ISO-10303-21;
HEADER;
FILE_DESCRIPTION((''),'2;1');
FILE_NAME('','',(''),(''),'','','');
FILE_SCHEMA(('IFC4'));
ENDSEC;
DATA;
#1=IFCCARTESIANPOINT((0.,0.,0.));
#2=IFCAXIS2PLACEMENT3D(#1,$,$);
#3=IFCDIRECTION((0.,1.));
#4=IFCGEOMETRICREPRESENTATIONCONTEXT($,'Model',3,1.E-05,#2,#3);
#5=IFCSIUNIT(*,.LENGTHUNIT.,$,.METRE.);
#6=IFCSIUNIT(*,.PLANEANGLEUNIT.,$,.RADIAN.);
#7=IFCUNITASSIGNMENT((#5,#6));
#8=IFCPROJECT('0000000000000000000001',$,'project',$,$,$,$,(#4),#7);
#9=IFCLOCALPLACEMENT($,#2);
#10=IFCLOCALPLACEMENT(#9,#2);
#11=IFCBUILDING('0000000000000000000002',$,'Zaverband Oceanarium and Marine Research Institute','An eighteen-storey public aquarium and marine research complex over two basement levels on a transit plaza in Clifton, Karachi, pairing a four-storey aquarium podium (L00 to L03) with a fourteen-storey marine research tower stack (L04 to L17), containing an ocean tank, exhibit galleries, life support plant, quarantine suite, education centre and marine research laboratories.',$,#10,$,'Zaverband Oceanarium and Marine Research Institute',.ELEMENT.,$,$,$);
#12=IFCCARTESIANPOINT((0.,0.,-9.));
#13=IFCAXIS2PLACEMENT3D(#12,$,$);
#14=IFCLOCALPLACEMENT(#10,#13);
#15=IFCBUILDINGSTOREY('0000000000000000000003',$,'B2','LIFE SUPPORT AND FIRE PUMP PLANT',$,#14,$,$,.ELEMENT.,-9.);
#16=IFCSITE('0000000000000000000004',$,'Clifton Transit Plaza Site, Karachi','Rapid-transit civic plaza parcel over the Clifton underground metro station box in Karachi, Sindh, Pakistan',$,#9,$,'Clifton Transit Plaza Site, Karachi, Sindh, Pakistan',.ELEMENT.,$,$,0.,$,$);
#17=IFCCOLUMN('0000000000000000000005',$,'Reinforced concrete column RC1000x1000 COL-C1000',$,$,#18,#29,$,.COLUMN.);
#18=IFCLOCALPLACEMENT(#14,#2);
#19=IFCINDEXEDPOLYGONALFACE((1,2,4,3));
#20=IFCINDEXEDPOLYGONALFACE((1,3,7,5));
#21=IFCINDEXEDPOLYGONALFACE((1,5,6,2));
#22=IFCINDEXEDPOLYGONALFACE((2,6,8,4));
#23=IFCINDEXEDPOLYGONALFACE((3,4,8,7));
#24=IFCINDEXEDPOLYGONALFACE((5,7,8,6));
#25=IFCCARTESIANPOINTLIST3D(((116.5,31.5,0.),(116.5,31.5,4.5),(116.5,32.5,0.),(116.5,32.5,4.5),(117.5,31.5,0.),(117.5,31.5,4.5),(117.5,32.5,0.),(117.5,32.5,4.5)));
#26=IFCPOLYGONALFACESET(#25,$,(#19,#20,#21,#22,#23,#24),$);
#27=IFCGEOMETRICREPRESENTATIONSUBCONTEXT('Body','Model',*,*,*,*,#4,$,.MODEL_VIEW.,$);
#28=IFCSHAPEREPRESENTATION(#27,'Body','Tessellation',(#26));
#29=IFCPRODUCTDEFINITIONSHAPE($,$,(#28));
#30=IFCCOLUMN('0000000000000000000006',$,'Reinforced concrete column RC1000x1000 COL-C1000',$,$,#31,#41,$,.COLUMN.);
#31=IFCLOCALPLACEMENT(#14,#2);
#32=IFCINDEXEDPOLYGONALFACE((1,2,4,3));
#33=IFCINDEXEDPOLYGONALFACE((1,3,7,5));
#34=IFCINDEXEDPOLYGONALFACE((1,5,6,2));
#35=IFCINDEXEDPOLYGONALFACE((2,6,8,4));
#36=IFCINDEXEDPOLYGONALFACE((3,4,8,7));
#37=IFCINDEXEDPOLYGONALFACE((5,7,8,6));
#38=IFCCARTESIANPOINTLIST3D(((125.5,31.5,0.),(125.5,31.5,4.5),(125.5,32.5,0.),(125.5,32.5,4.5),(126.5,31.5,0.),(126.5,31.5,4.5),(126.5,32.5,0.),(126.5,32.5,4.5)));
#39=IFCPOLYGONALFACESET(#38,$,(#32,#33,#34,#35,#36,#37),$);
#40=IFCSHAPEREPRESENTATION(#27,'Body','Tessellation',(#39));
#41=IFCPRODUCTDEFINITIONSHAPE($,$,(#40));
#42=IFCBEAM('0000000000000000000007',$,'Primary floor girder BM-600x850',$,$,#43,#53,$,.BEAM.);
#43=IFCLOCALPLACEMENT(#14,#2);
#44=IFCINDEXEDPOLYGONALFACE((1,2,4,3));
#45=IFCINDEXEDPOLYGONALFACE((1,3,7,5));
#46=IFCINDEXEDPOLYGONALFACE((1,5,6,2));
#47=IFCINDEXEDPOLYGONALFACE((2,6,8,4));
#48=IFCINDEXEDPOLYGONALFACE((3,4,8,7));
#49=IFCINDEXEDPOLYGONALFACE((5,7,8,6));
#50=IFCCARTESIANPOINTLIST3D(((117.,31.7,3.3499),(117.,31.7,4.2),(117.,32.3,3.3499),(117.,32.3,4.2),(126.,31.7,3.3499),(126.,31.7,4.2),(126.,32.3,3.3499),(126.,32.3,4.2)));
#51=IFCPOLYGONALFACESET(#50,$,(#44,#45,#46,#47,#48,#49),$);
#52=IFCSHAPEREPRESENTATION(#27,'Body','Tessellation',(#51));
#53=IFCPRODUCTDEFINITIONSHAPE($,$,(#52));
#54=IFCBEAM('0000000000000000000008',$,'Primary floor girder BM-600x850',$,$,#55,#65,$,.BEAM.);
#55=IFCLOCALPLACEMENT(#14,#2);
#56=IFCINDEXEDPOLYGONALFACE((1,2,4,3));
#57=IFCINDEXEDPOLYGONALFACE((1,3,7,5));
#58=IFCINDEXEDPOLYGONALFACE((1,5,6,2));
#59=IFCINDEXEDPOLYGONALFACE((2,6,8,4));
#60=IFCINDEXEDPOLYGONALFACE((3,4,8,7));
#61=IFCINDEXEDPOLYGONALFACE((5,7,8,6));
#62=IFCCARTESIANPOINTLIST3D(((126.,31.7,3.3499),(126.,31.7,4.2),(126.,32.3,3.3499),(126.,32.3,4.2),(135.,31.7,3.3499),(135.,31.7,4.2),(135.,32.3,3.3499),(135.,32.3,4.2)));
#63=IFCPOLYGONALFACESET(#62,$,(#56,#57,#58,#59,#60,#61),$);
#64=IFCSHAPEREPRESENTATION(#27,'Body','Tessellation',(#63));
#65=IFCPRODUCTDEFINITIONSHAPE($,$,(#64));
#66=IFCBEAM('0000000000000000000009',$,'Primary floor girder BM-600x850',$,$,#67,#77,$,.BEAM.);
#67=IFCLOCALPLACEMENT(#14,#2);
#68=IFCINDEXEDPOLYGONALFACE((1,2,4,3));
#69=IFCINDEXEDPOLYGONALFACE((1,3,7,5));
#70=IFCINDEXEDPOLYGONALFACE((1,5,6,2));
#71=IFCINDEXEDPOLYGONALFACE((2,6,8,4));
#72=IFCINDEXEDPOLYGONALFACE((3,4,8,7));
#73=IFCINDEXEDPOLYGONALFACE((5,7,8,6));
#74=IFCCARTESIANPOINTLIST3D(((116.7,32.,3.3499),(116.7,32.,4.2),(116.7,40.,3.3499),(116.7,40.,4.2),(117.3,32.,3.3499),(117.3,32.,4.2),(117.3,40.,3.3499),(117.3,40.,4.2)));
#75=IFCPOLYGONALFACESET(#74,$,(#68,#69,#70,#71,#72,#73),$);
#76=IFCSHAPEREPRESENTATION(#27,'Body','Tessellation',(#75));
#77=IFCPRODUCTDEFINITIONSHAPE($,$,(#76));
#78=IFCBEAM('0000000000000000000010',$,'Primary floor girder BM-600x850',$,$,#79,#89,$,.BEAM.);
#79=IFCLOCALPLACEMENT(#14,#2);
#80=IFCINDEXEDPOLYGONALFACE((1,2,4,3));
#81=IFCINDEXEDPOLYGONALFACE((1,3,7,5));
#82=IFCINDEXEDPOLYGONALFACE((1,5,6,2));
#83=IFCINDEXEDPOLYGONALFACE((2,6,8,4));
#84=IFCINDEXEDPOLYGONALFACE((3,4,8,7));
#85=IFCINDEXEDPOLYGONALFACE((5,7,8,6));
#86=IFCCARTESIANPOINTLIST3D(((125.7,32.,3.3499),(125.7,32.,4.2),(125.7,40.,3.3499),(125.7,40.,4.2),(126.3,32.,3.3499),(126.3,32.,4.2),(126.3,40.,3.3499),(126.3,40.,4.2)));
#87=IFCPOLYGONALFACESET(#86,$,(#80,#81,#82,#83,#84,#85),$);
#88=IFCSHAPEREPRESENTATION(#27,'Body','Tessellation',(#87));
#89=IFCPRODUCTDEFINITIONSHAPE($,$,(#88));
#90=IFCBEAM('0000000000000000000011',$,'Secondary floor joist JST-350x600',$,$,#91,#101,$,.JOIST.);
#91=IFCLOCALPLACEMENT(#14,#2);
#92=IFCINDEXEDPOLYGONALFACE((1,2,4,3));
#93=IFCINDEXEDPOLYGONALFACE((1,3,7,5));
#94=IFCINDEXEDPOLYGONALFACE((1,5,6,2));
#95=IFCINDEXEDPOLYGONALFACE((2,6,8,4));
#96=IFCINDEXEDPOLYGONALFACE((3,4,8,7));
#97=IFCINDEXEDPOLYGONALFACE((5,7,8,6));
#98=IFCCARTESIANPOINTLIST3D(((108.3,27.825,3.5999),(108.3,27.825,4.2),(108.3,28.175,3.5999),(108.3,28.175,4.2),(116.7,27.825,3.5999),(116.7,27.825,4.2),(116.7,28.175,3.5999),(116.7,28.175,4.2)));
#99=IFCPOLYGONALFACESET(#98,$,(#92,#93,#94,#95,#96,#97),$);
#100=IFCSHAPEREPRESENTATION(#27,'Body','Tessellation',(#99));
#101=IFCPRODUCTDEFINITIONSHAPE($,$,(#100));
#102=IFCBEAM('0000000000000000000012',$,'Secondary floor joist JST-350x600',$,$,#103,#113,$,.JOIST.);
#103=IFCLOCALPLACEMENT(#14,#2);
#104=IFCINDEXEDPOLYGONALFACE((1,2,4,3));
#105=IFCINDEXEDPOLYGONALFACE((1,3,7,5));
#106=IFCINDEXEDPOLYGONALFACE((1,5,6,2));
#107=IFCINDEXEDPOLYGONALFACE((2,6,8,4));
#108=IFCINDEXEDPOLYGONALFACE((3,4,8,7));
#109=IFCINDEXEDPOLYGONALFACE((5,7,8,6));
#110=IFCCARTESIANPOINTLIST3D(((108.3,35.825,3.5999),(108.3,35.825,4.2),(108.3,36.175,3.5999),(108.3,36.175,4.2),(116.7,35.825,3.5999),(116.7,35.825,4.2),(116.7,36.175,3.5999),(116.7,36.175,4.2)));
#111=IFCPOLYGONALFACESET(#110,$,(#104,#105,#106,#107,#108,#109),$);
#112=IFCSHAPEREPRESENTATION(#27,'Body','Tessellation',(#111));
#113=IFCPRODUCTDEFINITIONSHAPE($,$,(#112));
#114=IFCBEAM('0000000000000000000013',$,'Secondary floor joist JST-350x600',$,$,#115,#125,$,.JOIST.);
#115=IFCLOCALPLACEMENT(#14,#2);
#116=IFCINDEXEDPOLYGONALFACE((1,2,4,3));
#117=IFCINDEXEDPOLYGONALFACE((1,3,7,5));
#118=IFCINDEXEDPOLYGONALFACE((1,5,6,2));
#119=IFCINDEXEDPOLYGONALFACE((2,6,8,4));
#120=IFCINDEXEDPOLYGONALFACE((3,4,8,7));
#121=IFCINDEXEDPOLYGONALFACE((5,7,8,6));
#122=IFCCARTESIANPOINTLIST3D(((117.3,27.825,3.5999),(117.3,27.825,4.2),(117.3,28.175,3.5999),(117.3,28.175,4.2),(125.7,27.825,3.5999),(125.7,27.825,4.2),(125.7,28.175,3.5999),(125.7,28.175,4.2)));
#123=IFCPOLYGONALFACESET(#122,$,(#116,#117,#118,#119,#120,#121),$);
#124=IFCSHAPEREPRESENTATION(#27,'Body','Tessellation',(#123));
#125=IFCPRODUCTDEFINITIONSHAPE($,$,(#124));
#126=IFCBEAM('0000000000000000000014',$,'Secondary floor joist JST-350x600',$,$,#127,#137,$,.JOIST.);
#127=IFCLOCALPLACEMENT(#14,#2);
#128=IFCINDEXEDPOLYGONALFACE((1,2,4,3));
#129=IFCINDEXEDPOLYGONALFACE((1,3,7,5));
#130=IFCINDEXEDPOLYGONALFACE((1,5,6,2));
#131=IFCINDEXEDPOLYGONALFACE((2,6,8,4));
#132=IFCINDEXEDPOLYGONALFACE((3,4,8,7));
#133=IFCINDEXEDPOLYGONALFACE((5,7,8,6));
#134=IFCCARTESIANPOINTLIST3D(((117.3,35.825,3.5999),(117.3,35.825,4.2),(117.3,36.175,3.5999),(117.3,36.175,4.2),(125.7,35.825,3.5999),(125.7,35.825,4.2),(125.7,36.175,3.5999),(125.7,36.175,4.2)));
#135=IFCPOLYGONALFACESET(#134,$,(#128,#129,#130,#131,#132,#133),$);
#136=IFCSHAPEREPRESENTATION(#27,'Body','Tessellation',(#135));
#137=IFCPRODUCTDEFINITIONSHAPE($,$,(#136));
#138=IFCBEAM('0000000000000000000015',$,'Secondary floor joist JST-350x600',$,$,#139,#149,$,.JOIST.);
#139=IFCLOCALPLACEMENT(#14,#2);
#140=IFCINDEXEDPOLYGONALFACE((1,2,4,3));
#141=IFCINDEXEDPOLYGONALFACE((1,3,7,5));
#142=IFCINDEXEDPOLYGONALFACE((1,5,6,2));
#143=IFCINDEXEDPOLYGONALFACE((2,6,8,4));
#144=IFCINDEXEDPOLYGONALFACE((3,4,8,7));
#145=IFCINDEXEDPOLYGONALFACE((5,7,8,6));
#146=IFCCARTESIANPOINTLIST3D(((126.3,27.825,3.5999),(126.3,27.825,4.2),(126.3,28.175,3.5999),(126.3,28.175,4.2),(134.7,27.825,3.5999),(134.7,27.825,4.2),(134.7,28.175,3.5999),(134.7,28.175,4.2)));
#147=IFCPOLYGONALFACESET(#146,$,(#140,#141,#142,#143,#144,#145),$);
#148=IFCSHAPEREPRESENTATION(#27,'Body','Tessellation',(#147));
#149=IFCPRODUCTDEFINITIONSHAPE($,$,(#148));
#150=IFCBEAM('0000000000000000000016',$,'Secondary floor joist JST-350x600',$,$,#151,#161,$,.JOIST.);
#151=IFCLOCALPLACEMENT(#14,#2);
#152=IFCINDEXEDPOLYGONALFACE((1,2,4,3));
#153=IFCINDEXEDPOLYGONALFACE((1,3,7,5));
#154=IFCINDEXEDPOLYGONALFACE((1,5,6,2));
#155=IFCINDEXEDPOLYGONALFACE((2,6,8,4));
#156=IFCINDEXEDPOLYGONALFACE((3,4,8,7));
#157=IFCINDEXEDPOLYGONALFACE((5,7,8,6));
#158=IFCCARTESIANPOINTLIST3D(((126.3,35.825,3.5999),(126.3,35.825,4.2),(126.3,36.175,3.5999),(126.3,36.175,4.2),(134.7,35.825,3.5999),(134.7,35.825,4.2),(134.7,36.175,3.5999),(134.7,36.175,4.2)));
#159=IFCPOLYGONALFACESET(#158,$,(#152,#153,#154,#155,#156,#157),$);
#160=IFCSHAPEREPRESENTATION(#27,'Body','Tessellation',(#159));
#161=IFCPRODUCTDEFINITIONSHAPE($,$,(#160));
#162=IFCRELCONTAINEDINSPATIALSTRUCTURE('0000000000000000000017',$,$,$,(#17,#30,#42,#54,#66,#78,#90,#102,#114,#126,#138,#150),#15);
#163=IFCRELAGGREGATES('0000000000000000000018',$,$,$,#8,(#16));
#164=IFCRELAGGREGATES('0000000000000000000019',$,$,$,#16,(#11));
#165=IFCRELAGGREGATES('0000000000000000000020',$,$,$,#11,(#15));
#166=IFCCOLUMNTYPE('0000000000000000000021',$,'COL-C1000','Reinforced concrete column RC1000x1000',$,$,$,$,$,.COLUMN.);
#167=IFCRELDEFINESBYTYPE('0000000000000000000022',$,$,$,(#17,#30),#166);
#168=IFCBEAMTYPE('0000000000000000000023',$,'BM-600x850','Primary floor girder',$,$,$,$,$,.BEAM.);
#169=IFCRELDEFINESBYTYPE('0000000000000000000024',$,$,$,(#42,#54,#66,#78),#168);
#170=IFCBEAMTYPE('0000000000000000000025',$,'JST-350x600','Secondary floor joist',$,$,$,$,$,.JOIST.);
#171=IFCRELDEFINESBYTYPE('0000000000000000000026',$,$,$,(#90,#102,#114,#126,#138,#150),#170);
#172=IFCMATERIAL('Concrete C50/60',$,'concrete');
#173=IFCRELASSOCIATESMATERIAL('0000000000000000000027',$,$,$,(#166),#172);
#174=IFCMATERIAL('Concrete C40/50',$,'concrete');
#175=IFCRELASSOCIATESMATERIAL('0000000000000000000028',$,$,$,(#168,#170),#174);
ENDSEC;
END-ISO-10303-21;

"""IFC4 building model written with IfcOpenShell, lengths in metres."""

from ifc_helpers import new_model, si_unit, direction, frame, origin, origin_2d, place, context, subcontext, project, spatial, rectangle, extrude, material, material_profile, profile_set, type_object, element, save


model = new_model("IFC4")

# Units and contexts
model_context = context("Model", 3, precision=1e-05, world=origin(), true_north=direction((0.0, 1.0)))
body_context = subcontext(model_context, "Body", "Model", "MODEL_VIEW")
ifc_project = project(units=[si_unit("LENGTHUNIT", "METRE"), si_unit("PLANEANGLEUNIT", "RADIAN")], contexts=[model_context])

# Site, building, storey
site_placement = place(None, origin())
site = spatial("IfcSite", under=ifc_project, at=site_placement, Name="Clifton Transit Plaza Site, Karachi", Description="Rapid-transit civic plaza parcel over the Clifton underground metro station box in Karachi, Sindh, Pakistan", LongName="Clifton Transit Plaza Site, Karachi, Sindh, Pakistan", CompositionType="ELEMENT", RefElevation=0.0)
building_placement = place(site_placement, origin())
building = spatial("IfcBuilding", under=site, at=building_placement, Name="Zaverband Oceanarium and Marine Research Institute", Description="An eighteen-storey public aquarium and marine research complex over two basement levels on a transit plaza in Clifton, Karachi, pairing a four-storey aquarium podium (L00 to L03) with a fourteen-storey marine research tower stack (L04 to L17), containing an ocean tank, exhibit galleries, life support plant, quarantine suite, education centre and marine research laboratories.", LongName="Zaverband Oceanarium and Marine Research Institute", CompositionType="ELEMENT")
storey_placement = place(building_placement, frame((0.0, 0.0, -9.0)))
storey = spatial("IfcBuildingStorey", under=building, at=storey_placement, Name="B2", Description="LIFE SUPPORT AND FIRE PUMP PLANT", CompositionType="ELEMENT", Elevation=-9.0)

# Shared definitions
ifc_material_1 = material(Name="Concrete C50/60", Category="concrete")

# Columns
ifc_material_profile_1 = material_profile(ifc_material_1, rectangle(XDim=1.0, YDim=1.0, at=origin_2d()), Name="RC1000x1000")
ifc_profile_set_1 = profile_set([ifc_material_profile_1], Name="Concrete C50/60")
column_type = type_object("IfcColumnType", Name="COL-C1000", Description="Reinforced concrete column RC1000x1000", PredefinedType="COLUMN", material=ifc_profile_set_1)
for number, where, z_axis, x_axis, name in (
    (1, (117.0, 32.0, 0.0), (0.0, 0.0, 1.0), (1.0, 0.0, 0.0), "Reinforced concrete column RC1000x1000 COL-C1000"),
    (2, (126.0, 32.0, 0.0), (0.0, 0.0, 1.0), (1.0, 0.0, 0.0), "Reinforced concrete column RC1000x1000 COL-C1000"),
):
    element("IfcColumn", number, at=place(storey_placement, frame(where, z_axis=z_axis, x_axis=x_axis)), inside=storey, type_object=column_type, Name=name, PredefinedType="COLUMN", context=body_context, shape_type="SweptSolid", body=[
        extrude(rectangle(XDim=1.0, YDim=1.0, at=origin_2d()), origin(), (0.0, 0.0, 1.0), 4.5),
    ])

# Beams
ifc_material_2 = material(Name="Concrete C40/50", Category="concrete")
ifc_material_profile_2 = material_profile(ifc_material_2, rectangle(XDim=0.6001, YDim=0.8501, at=origin_2d()), Name="RC600x850")
ifc_profile_set_2 = profile_set([ifc_material_profile_2], Name="Concrete C40/50")
beam_type_1 = type_object("IfcBeamType", Name="BM-600x850", Description="Primary floor girder", PredefinedType="BEAM", material=ifc_profile_set_2)
for number, where, z_axis, x_axis, name in (
    (3, (117.0, 32.0, 3.7749), (1.0, 0.0, 0.0), (0.0, 1.0, 0.0), "Primary floor girder BM-600x850"),
    (4, (126.0, 32.0, 3.7749), (1.0, 0.0, 0.0), (0.0, 1.0, 0.0), "Primary floor girder BM-600x850"),
):
    element("IfcBeam", number, at=place(storey_placement, frame(where, z_axis=z_axis, x_axis=x_axis)), inside=storey, type_object=beam_type_1, Name=name, PredefinedType="BEAM", context=body_context, shape_type="SweptSolid", body=[
        extrude(rectangle(XDim=0.6001, YDim=0.8501, at=origin_2d()), origin(), (0.0, 0.0, 1.0), 9.0),
    ])
for number, where, z_axis, x_axis, name in (
    (5, (117.0, 32.0, 3.7749), (0.0, 1.0, 0.0), (-1.0, 0.0, 0.0), "Primary floor girder BM-600x850"),
    (6, (126.0, 32.0, 3.7749), (0.0, 1.0, 0.0), (-1.0, 0.0, 0.0), "Primary floor girder BM-600x850"),
):
    element("IfcBeam", number, at=place(storey_placement, frame(where, z_axis=z_axis, x_axis=x_axis)), inside=storey, type_object=beam_type_1, Name=name, PredefinedType="BEAM", context=body_context, shape_type="SweptSolid", body=[
        extrude(rectangle(XDim=0.6001, YDim=0.8501, at=origin_2d()), origin(), (0.0, 0.0, 1.0), 8.0),
    ])
ifc_material_profile_3 = material_profile(ifc_material_2, rectangle(XDim=0.3501, YDim=0.6001, at=origin_2d()), Name="RC350x600")
ifc_profile_set_3 = profile_set([ifc_material_profile_3], Name="Concrete C40/50")
beam_type_2 = type_object("IfcBeamType", Name="JST-350x600", Description="Secondary floor joist", PredefinedType="JOIST", material=ifc_profile_set_3)
for number, where, z_axis, x_axis, name in (
    (7, (108.3, 28.0, 3.8999), (1.0, 0.0, 0.0), (0.0, 1.0, 0.0), "Secondary floor joist JST-350x600"),
    (8, (108.3, 36.0, 3.8999), (1.0, 0.0, 0.0), (0.0, 1.0, 0.0), "Secondary floor joist JST-350x600"),
    (9, (117.3, 28.0, 3.8999), (1.0, 0.0, 0.0), (0.0, 1.0, 0.0), "Secondary floor joist JST-350x600"),
    (10, (117.3, 36.0, 3.8999), (1.0, 0.0, 0.0), (0.0, 1.0, 0.0), "Secondary floor joist JST-350x600"),
    (11, (126.3, 28.0, 3.8999), (1.0, 0.0, 0.0), (0.0, 1.0, 0.0), "Secondary floor joist JST-350x600"),
    (12, (126.3, 36.0, 3.8999), (1.0, 0.0, 0.0), (0.0, 1.0, 0.0), "Secondary floor joist JST-350x600"),
):
    element("IfcBeam", number, at=place(storey_placement, frame(where, z_axis=z_axis, x_axis=x_axis)), inside=storey, type_object=beam_type_2, Name=name, PredefinedType="JOIST", context=body_context, shape_type="SweptSolid", body=[
        extrude(rectangle(XDim=0.3501, YDim=0.6001, at=origin_2d()), origin(), (0.0, 0.0, 1.0), 8.3999),
    ])

save(model, "model.ifc")
